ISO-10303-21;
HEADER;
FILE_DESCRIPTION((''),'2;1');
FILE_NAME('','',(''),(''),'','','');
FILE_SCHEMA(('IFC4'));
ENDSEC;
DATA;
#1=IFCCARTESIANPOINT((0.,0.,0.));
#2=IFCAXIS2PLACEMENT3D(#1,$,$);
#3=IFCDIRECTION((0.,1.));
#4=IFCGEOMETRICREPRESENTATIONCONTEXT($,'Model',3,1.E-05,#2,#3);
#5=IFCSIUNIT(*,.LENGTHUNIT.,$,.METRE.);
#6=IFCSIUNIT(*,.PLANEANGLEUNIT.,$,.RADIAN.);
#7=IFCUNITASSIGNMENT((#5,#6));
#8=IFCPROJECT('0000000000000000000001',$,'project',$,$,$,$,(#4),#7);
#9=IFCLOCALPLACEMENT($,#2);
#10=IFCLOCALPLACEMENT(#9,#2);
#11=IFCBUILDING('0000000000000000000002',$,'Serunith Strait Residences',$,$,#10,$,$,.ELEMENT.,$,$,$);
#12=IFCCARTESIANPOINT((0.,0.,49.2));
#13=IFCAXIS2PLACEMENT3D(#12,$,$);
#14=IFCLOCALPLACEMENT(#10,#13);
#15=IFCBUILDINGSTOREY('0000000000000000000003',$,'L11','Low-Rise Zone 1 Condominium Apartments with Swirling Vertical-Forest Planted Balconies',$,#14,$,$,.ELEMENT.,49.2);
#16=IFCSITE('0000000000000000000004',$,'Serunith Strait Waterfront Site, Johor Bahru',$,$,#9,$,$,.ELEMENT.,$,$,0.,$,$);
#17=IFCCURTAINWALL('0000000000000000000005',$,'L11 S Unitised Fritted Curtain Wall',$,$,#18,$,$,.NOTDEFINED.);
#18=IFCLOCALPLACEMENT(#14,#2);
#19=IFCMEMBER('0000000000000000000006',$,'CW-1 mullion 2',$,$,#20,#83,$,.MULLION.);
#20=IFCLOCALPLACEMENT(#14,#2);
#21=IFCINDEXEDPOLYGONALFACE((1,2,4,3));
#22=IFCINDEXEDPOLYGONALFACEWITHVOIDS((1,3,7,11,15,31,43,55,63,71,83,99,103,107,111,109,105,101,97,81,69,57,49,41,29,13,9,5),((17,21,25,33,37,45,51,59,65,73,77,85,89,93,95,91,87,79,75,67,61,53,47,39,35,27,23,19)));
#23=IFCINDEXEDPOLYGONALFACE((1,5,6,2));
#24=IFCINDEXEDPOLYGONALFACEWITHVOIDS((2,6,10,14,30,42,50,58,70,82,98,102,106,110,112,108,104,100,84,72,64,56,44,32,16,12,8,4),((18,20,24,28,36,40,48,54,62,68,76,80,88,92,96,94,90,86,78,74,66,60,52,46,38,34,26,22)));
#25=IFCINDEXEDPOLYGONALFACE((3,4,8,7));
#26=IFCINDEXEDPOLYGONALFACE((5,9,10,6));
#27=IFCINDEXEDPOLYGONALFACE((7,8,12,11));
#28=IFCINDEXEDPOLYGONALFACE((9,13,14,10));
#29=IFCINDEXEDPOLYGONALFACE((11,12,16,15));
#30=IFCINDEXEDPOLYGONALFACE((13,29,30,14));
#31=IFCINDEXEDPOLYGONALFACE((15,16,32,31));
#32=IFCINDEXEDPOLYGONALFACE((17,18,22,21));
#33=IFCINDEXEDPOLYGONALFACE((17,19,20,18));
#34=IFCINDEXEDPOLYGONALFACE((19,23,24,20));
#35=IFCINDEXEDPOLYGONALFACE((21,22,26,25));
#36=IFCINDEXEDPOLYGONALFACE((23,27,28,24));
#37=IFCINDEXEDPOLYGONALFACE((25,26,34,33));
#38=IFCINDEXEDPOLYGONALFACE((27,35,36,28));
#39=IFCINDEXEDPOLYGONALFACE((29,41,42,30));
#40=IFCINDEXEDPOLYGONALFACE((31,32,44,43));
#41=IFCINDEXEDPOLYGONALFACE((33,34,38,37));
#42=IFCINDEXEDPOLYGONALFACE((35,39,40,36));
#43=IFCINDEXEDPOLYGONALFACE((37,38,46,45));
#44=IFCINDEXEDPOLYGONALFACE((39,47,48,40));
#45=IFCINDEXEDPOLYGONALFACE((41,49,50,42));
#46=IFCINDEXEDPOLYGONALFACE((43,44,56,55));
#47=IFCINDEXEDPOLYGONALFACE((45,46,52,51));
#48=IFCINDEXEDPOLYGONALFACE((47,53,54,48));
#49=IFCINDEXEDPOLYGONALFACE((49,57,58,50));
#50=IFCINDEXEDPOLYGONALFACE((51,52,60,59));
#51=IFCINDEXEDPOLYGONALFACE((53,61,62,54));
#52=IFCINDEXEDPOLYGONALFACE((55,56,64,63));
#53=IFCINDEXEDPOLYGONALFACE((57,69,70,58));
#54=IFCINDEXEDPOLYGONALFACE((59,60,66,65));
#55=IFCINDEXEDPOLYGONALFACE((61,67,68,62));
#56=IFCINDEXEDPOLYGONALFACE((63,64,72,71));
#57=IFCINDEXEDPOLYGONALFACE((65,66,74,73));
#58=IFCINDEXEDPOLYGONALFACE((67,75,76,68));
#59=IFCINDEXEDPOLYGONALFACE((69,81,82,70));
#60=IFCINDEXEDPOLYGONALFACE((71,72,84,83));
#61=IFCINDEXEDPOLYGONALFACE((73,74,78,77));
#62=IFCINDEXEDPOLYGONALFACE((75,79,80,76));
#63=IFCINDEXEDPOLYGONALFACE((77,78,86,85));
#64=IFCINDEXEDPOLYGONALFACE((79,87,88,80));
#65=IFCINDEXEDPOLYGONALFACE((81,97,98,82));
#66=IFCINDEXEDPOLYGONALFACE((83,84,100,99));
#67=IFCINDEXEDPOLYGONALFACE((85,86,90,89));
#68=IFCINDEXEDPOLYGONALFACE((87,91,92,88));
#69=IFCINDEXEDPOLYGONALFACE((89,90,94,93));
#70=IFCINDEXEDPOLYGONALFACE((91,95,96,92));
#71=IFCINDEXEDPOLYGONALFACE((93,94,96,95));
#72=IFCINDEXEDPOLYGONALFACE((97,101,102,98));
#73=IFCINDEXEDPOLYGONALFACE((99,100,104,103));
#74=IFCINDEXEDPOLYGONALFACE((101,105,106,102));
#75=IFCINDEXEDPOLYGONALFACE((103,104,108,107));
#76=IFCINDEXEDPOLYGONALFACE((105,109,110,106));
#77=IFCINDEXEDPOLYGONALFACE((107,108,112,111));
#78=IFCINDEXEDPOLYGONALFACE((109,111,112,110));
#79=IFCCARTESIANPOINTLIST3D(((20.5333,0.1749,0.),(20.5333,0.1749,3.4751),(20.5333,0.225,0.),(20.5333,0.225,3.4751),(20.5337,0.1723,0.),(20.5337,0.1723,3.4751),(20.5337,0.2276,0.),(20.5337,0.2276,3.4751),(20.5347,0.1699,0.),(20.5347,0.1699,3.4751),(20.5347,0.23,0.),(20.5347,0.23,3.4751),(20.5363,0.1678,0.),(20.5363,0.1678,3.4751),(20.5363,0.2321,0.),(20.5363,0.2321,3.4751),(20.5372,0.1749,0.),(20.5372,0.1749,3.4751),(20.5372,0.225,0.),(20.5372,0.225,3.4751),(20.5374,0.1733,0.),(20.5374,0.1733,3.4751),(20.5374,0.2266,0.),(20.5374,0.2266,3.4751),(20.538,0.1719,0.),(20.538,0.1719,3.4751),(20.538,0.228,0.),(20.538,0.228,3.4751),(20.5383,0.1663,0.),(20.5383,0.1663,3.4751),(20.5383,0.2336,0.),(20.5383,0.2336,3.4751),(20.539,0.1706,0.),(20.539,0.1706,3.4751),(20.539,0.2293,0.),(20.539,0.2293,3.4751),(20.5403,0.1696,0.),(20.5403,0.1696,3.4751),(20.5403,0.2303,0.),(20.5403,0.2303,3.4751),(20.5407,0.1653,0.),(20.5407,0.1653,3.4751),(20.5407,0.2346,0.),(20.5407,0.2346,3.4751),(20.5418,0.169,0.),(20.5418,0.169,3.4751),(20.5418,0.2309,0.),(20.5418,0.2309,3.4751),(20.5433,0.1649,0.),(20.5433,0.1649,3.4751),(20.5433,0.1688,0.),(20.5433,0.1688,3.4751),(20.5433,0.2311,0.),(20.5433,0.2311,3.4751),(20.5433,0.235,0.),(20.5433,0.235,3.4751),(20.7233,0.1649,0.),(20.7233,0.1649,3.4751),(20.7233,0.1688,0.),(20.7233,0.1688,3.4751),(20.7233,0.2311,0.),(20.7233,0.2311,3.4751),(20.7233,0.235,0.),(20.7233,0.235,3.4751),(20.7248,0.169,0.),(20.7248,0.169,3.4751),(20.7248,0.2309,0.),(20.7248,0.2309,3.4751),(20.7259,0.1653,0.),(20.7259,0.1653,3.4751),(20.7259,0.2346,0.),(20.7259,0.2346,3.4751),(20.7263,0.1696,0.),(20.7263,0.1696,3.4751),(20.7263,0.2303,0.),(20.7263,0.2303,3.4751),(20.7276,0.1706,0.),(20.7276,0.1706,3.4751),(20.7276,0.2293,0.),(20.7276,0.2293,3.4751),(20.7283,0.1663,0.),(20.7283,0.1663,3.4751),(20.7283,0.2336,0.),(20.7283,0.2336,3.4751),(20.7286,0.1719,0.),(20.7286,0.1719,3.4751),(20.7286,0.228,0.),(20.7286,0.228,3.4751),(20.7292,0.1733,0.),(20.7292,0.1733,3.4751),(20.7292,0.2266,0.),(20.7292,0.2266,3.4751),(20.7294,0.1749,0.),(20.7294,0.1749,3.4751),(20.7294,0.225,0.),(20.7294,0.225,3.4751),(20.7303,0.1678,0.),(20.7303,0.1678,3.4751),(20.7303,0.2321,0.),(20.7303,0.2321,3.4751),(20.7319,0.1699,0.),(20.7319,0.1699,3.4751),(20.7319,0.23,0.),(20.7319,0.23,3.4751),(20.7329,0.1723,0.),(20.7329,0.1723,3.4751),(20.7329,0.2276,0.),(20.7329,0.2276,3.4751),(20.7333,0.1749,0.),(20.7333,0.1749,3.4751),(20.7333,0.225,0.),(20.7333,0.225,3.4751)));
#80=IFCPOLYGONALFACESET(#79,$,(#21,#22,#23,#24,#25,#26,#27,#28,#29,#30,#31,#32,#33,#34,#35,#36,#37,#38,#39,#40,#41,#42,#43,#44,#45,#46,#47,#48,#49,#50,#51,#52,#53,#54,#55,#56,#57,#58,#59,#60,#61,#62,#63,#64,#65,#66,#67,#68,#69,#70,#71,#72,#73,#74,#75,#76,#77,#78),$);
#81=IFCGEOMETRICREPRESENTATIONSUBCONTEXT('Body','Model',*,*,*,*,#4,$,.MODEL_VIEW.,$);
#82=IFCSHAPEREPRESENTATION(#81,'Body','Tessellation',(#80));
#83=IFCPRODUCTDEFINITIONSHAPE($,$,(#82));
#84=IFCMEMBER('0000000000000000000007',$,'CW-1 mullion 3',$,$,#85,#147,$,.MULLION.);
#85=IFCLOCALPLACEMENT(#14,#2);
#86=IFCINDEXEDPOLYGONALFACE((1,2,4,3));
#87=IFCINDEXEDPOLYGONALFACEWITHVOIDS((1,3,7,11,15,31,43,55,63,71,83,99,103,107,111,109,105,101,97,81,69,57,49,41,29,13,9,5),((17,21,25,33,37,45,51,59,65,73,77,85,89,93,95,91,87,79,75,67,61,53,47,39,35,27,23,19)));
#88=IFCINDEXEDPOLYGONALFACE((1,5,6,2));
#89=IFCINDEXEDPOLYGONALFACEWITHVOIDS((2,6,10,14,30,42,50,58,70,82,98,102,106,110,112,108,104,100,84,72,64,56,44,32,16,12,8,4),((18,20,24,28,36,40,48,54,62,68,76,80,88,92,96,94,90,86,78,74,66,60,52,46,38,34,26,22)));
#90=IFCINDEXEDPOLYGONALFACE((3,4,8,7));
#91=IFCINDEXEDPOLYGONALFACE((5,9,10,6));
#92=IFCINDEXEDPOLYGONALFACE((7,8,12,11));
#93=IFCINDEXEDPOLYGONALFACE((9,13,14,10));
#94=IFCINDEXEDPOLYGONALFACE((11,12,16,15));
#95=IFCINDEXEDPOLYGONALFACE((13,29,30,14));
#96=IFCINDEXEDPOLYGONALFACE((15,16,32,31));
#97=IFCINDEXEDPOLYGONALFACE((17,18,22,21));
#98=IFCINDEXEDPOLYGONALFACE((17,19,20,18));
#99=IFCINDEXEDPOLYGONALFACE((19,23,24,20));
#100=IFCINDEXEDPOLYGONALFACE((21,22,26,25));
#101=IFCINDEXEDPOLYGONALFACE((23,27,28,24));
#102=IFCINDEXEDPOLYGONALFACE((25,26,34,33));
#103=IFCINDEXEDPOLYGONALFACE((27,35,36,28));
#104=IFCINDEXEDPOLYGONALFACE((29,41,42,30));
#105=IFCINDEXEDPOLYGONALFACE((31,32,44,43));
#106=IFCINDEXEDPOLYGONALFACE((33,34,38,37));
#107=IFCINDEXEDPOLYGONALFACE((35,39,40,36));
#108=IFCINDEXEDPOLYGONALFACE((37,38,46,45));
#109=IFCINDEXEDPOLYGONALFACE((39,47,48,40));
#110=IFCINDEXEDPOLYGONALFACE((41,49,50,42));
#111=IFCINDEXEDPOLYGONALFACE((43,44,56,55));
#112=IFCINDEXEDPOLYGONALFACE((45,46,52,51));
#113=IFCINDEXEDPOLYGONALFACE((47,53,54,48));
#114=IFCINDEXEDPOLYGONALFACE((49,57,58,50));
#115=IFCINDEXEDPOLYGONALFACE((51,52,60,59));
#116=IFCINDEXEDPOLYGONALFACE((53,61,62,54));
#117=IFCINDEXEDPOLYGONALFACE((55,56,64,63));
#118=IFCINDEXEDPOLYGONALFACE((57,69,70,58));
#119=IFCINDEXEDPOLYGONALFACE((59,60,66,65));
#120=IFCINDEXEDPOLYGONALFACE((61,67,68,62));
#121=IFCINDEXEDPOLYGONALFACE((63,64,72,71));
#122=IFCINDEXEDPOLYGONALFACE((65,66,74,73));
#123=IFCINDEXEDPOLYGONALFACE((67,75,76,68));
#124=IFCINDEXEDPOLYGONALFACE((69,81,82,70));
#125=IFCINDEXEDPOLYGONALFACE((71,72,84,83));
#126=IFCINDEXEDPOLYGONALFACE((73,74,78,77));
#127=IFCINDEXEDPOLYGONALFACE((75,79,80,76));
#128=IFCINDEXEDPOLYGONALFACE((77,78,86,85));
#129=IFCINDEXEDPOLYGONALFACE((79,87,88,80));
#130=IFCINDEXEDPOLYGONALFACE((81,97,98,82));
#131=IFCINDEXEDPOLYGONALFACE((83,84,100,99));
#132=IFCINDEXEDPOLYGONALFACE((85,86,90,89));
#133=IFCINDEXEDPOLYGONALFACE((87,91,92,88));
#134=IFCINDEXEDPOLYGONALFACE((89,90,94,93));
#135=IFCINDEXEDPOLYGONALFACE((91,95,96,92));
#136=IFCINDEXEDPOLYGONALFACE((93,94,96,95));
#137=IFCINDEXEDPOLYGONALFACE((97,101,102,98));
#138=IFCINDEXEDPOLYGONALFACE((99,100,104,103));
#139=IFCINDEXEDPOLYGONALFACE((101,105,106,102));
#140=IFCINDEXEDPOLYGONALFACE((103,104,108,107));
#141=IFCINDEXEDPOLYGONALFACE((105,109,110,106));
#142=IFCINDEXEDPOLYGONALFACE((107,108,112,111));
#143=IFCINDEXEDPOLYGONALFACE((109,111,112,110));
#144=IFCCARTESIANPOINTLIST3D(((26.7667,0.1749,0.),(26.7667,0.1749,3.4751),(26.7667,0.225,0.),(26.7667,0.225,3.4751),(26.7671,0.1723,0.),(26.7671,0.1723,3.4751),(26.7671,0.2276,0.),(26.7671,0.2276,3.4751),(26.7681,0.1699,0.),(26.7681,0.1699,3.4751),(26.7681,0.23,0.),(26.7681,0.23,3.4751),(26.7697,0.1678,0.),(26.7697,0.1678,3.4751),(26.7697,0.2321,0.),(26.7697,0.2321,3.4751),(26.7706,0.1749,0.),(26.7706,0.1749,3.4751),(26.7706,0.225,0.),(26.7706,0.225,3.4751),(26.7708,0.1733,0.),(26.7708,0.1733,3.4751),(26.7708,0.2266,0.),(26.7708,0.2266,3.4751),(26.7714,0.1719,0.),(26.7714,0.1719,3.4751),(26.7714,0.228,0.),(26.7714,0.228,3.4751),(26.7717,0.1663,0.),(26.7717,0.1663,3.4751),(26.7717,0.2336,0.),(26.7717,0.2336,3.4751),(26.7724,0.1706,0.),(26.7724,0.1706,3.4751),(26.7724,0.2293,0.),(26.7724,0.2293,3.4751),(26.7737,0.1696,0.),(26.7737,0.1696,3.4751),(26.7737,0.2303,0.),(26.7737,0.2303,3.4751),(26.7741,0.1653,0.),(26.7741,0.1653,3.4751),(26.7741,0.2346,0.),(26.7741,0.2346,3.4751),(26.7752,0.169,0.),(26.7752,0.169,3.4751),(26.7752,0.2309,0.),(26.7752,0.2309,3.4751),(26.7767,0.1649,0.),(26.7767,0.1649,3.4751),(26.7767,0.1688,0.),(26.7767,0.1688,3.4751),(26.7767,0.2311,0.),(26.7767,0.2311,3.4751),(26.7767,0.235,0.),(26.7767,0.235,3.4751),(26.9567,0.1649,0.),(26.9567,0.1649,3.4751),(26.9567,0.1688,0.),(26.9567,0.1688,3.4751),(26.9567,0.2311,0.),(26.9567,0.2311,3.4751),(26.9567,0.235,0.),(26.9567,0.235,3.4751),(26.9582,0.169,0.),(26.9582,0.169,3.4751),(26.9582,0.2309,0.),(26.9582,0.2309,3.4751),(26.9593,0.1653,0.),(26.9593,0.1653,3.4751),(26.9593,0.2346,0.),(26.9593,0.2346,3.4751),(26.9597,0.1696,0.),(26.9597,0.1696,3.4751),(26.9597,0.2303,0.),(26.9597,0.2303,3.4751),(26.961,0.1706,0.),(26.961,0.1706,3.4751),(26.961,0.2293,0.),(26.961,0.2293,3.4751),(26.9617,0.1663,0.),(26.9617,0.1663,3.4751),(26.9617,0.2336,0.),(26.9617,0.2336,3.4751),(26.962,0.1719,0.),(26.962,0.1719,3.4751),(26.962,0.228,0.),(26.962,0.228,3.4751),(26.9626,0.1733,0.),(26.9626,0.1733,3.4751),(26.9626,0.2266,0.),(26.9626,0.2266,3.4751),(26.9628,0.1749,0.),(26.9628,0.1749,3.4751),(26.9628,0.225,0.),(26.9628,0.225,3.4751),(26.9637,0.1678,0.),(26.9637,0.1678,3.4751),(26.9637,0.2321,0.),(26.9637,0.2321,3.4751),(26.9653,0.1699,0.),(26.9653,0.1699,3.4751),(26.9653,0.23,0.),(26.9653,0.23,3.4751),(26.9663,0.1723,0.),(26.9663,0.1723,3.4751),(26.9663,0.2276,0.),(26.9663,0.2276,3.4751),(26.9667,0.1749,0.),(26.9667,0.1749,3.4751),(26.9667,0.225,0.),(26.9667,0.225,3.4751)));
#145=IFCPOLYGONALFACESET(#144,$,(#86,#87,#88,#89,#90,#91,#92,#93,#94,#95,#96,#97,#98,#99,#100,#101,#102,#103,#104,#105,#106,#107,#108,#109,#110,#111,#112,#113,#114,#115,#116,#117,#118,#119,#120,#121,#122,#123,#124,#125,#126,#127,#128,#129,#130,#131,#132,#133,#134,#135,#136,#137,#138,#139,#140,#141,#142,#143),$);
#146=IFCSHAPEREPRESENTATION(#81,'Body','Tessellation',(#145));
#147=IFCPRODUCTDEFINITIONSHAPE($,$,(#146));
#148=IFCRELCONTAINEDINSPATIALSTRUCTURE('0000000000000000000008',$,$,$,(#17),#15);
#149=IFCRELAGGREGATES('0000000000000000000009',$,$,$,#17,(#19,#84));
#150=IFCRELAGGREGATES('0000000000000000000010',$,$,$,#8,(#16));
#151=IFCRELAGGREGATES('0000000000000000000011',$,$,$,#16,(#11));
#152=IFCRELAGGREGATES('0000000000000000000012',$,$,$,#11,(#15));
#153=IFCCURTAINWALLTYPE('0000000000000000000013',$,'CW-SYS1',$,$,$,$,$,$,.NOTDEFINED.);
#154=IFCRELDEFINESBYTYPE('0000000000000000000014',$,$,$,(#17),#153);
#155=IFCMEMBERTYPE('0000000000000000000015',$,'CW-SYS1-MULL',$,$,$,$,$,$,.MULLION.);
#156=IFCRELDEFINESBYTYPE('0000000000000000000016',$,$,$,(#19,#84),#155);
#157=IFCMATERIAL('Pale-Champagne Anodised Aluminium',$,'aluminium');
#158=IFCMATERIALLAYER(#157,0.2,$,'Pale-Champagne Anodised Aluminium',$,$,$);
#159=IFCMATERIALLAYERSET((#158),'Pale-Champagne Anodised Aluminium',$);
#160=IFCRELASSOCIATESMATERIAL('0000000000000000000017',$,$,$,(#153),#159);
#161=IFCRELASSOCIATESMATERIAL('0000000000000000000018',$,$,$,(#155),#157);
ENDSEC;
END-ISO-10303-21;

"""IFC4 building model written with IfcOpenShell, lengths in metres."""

from ifc_helpers import new_model, si_unit, direction, frame, origin, origin_2d, place, context, subcontext, project, spatial, hollow_rectangle, extrude, source, transform, mapped, material, layer, layer_set, material_profile, profile_set, type_object, element, aggregate, save


model = new_model("IFC4")

# Units and contexts
model_context = context("Model", 3, precision=1e-05, world=origin(), true_north=direction((0.0, 1.0)))
body_context = subcontext(model_context, "Body", "Model", "MODEL_VIEW")
ifc_project = project(units=[si_unit("LENGTHUNIT", "METRE"), si_unit("PLANEANGLEUNIT", "RADIAN")], contexts=[model_context])

# Site, building, storey
site_placement = place(None, origin())
site = spatial("IfcSite", under=ifc_project, at=site_placement, Name="Serunith Strait Waterfront Site, Johor Bahru", CompositionType="ELEMENT", RefElevation=0.0)
building_placement = place(site_placement, origin())
building = spatial("IfcBuilding", under=site, at=building_placement, Name="Serunith Strait Residences", CompositionType="ELEMENT")
storey_placement = place(building_placement, frame((0.0, 0.0, 49.2)))
storey = spatial("IfcBuildingStorey", under=building, at=storey_placement, Name="L11", Description="Low-Rise Zone 1 Condominium Apartments with Swirling Vertical-Forest Planted Balconies", CompositionType="ELEMENT", Elevation=49.2)

# Curtain wall, members
ifc_material_1 = material(Name="Pale-Champagne Anodised Aluminium", Category="aluminium")
ifc_layer_1 = layer(ifc_material_1, 0.2, Name="Pale-Champagne Anodised Aluminium")
ifc_layer_set_1 = layer_set([ifc_layer_1], Name="Pale-Champagne Anodised Aluminium")
curtain_wall_type = type_object("IfcCurtainWallType", Name="CW-SYS1", PredefinedType="NOTDEFINED", material=ifc_layer_set_1)
curtain_wall_placement = place(storey_placement, origin())
curtain_wall = element("IfcCurtainWall", 1, at=curtain_wall_placement, inside=storey, type_object=curtain_wall_type, Name="L11 S Unitised Fritted Curtain Wall", PredefinedType="NOTDEFINED")
ifc_material_profile_1 = material_profile(ifc_material_1, hollow_rectangle(XDim=0.0701, YDim=0.2, WallThickness=0.0039, InnerFilletRadius=0.0061, OuterFilletRadius=0.01, at=origin_2d()), Name="ALU 200x70x4")
ifc_profile_set_1 = profile_set([ifc_material_profile_1], Name="Pale-Champagne Anodised Aluminium")
member_type_1 = type_object("IfcMemberType", Name="CW-SYS1-MULL", PredefinedType="MULLION", material=ifc_profile_set_1)
shared_shape_1 = source(origin(), body_context, "Body", "SweptSolid", [
    extrude(hollow_rectangle(XDim=0.0701, YDim=0.2, WallThickness=0.0039, InnerFilletRadius=0.0061, OuterFilletRadius=0.01, at=origin_2d()), origin(), (0.0, 0.0, 1.0), 3.4751),
])
member_1_placement = place(storey_placement, frame((20.6333, 0.2, 0.0), z_axis=(0.0, 0.0, 1.0), x_axis=(0.0, 1.0, 0.0)))
member_1 = element("IfcMember", 2, at=member_1_placement, type_object=member_type_1, Name="CW-1 mullion 2", PredefinedType="MULLION", context=body_context, shape_type="MappedRepresentation", body=[
    mapped(shared_shape_1, transform((0.0, 0.0, 0.0), scale=1.0)),
])
member_2_placement = place(storey_placement, frame((26.8667, 0.2, 0.0), z_axis=(0.0, 0.0, 1.0), x_axis=(0.0, 1.0, 0.0)))
member_2 = element("IfcMember", 3, at=member_2_placement, type_object=member_type_1, Name="CW-1 mullion 3", PredefinedType="MULLION", context=body_context, shape_type="MappedRepresentation", body=[
    mapped(shared_shape_1, transform((0.0, 0.0, 0.0), scale=1.0)),
])
aggregate(curtain_wall, [member_1, member_2])

save(model, "model.ifc")
